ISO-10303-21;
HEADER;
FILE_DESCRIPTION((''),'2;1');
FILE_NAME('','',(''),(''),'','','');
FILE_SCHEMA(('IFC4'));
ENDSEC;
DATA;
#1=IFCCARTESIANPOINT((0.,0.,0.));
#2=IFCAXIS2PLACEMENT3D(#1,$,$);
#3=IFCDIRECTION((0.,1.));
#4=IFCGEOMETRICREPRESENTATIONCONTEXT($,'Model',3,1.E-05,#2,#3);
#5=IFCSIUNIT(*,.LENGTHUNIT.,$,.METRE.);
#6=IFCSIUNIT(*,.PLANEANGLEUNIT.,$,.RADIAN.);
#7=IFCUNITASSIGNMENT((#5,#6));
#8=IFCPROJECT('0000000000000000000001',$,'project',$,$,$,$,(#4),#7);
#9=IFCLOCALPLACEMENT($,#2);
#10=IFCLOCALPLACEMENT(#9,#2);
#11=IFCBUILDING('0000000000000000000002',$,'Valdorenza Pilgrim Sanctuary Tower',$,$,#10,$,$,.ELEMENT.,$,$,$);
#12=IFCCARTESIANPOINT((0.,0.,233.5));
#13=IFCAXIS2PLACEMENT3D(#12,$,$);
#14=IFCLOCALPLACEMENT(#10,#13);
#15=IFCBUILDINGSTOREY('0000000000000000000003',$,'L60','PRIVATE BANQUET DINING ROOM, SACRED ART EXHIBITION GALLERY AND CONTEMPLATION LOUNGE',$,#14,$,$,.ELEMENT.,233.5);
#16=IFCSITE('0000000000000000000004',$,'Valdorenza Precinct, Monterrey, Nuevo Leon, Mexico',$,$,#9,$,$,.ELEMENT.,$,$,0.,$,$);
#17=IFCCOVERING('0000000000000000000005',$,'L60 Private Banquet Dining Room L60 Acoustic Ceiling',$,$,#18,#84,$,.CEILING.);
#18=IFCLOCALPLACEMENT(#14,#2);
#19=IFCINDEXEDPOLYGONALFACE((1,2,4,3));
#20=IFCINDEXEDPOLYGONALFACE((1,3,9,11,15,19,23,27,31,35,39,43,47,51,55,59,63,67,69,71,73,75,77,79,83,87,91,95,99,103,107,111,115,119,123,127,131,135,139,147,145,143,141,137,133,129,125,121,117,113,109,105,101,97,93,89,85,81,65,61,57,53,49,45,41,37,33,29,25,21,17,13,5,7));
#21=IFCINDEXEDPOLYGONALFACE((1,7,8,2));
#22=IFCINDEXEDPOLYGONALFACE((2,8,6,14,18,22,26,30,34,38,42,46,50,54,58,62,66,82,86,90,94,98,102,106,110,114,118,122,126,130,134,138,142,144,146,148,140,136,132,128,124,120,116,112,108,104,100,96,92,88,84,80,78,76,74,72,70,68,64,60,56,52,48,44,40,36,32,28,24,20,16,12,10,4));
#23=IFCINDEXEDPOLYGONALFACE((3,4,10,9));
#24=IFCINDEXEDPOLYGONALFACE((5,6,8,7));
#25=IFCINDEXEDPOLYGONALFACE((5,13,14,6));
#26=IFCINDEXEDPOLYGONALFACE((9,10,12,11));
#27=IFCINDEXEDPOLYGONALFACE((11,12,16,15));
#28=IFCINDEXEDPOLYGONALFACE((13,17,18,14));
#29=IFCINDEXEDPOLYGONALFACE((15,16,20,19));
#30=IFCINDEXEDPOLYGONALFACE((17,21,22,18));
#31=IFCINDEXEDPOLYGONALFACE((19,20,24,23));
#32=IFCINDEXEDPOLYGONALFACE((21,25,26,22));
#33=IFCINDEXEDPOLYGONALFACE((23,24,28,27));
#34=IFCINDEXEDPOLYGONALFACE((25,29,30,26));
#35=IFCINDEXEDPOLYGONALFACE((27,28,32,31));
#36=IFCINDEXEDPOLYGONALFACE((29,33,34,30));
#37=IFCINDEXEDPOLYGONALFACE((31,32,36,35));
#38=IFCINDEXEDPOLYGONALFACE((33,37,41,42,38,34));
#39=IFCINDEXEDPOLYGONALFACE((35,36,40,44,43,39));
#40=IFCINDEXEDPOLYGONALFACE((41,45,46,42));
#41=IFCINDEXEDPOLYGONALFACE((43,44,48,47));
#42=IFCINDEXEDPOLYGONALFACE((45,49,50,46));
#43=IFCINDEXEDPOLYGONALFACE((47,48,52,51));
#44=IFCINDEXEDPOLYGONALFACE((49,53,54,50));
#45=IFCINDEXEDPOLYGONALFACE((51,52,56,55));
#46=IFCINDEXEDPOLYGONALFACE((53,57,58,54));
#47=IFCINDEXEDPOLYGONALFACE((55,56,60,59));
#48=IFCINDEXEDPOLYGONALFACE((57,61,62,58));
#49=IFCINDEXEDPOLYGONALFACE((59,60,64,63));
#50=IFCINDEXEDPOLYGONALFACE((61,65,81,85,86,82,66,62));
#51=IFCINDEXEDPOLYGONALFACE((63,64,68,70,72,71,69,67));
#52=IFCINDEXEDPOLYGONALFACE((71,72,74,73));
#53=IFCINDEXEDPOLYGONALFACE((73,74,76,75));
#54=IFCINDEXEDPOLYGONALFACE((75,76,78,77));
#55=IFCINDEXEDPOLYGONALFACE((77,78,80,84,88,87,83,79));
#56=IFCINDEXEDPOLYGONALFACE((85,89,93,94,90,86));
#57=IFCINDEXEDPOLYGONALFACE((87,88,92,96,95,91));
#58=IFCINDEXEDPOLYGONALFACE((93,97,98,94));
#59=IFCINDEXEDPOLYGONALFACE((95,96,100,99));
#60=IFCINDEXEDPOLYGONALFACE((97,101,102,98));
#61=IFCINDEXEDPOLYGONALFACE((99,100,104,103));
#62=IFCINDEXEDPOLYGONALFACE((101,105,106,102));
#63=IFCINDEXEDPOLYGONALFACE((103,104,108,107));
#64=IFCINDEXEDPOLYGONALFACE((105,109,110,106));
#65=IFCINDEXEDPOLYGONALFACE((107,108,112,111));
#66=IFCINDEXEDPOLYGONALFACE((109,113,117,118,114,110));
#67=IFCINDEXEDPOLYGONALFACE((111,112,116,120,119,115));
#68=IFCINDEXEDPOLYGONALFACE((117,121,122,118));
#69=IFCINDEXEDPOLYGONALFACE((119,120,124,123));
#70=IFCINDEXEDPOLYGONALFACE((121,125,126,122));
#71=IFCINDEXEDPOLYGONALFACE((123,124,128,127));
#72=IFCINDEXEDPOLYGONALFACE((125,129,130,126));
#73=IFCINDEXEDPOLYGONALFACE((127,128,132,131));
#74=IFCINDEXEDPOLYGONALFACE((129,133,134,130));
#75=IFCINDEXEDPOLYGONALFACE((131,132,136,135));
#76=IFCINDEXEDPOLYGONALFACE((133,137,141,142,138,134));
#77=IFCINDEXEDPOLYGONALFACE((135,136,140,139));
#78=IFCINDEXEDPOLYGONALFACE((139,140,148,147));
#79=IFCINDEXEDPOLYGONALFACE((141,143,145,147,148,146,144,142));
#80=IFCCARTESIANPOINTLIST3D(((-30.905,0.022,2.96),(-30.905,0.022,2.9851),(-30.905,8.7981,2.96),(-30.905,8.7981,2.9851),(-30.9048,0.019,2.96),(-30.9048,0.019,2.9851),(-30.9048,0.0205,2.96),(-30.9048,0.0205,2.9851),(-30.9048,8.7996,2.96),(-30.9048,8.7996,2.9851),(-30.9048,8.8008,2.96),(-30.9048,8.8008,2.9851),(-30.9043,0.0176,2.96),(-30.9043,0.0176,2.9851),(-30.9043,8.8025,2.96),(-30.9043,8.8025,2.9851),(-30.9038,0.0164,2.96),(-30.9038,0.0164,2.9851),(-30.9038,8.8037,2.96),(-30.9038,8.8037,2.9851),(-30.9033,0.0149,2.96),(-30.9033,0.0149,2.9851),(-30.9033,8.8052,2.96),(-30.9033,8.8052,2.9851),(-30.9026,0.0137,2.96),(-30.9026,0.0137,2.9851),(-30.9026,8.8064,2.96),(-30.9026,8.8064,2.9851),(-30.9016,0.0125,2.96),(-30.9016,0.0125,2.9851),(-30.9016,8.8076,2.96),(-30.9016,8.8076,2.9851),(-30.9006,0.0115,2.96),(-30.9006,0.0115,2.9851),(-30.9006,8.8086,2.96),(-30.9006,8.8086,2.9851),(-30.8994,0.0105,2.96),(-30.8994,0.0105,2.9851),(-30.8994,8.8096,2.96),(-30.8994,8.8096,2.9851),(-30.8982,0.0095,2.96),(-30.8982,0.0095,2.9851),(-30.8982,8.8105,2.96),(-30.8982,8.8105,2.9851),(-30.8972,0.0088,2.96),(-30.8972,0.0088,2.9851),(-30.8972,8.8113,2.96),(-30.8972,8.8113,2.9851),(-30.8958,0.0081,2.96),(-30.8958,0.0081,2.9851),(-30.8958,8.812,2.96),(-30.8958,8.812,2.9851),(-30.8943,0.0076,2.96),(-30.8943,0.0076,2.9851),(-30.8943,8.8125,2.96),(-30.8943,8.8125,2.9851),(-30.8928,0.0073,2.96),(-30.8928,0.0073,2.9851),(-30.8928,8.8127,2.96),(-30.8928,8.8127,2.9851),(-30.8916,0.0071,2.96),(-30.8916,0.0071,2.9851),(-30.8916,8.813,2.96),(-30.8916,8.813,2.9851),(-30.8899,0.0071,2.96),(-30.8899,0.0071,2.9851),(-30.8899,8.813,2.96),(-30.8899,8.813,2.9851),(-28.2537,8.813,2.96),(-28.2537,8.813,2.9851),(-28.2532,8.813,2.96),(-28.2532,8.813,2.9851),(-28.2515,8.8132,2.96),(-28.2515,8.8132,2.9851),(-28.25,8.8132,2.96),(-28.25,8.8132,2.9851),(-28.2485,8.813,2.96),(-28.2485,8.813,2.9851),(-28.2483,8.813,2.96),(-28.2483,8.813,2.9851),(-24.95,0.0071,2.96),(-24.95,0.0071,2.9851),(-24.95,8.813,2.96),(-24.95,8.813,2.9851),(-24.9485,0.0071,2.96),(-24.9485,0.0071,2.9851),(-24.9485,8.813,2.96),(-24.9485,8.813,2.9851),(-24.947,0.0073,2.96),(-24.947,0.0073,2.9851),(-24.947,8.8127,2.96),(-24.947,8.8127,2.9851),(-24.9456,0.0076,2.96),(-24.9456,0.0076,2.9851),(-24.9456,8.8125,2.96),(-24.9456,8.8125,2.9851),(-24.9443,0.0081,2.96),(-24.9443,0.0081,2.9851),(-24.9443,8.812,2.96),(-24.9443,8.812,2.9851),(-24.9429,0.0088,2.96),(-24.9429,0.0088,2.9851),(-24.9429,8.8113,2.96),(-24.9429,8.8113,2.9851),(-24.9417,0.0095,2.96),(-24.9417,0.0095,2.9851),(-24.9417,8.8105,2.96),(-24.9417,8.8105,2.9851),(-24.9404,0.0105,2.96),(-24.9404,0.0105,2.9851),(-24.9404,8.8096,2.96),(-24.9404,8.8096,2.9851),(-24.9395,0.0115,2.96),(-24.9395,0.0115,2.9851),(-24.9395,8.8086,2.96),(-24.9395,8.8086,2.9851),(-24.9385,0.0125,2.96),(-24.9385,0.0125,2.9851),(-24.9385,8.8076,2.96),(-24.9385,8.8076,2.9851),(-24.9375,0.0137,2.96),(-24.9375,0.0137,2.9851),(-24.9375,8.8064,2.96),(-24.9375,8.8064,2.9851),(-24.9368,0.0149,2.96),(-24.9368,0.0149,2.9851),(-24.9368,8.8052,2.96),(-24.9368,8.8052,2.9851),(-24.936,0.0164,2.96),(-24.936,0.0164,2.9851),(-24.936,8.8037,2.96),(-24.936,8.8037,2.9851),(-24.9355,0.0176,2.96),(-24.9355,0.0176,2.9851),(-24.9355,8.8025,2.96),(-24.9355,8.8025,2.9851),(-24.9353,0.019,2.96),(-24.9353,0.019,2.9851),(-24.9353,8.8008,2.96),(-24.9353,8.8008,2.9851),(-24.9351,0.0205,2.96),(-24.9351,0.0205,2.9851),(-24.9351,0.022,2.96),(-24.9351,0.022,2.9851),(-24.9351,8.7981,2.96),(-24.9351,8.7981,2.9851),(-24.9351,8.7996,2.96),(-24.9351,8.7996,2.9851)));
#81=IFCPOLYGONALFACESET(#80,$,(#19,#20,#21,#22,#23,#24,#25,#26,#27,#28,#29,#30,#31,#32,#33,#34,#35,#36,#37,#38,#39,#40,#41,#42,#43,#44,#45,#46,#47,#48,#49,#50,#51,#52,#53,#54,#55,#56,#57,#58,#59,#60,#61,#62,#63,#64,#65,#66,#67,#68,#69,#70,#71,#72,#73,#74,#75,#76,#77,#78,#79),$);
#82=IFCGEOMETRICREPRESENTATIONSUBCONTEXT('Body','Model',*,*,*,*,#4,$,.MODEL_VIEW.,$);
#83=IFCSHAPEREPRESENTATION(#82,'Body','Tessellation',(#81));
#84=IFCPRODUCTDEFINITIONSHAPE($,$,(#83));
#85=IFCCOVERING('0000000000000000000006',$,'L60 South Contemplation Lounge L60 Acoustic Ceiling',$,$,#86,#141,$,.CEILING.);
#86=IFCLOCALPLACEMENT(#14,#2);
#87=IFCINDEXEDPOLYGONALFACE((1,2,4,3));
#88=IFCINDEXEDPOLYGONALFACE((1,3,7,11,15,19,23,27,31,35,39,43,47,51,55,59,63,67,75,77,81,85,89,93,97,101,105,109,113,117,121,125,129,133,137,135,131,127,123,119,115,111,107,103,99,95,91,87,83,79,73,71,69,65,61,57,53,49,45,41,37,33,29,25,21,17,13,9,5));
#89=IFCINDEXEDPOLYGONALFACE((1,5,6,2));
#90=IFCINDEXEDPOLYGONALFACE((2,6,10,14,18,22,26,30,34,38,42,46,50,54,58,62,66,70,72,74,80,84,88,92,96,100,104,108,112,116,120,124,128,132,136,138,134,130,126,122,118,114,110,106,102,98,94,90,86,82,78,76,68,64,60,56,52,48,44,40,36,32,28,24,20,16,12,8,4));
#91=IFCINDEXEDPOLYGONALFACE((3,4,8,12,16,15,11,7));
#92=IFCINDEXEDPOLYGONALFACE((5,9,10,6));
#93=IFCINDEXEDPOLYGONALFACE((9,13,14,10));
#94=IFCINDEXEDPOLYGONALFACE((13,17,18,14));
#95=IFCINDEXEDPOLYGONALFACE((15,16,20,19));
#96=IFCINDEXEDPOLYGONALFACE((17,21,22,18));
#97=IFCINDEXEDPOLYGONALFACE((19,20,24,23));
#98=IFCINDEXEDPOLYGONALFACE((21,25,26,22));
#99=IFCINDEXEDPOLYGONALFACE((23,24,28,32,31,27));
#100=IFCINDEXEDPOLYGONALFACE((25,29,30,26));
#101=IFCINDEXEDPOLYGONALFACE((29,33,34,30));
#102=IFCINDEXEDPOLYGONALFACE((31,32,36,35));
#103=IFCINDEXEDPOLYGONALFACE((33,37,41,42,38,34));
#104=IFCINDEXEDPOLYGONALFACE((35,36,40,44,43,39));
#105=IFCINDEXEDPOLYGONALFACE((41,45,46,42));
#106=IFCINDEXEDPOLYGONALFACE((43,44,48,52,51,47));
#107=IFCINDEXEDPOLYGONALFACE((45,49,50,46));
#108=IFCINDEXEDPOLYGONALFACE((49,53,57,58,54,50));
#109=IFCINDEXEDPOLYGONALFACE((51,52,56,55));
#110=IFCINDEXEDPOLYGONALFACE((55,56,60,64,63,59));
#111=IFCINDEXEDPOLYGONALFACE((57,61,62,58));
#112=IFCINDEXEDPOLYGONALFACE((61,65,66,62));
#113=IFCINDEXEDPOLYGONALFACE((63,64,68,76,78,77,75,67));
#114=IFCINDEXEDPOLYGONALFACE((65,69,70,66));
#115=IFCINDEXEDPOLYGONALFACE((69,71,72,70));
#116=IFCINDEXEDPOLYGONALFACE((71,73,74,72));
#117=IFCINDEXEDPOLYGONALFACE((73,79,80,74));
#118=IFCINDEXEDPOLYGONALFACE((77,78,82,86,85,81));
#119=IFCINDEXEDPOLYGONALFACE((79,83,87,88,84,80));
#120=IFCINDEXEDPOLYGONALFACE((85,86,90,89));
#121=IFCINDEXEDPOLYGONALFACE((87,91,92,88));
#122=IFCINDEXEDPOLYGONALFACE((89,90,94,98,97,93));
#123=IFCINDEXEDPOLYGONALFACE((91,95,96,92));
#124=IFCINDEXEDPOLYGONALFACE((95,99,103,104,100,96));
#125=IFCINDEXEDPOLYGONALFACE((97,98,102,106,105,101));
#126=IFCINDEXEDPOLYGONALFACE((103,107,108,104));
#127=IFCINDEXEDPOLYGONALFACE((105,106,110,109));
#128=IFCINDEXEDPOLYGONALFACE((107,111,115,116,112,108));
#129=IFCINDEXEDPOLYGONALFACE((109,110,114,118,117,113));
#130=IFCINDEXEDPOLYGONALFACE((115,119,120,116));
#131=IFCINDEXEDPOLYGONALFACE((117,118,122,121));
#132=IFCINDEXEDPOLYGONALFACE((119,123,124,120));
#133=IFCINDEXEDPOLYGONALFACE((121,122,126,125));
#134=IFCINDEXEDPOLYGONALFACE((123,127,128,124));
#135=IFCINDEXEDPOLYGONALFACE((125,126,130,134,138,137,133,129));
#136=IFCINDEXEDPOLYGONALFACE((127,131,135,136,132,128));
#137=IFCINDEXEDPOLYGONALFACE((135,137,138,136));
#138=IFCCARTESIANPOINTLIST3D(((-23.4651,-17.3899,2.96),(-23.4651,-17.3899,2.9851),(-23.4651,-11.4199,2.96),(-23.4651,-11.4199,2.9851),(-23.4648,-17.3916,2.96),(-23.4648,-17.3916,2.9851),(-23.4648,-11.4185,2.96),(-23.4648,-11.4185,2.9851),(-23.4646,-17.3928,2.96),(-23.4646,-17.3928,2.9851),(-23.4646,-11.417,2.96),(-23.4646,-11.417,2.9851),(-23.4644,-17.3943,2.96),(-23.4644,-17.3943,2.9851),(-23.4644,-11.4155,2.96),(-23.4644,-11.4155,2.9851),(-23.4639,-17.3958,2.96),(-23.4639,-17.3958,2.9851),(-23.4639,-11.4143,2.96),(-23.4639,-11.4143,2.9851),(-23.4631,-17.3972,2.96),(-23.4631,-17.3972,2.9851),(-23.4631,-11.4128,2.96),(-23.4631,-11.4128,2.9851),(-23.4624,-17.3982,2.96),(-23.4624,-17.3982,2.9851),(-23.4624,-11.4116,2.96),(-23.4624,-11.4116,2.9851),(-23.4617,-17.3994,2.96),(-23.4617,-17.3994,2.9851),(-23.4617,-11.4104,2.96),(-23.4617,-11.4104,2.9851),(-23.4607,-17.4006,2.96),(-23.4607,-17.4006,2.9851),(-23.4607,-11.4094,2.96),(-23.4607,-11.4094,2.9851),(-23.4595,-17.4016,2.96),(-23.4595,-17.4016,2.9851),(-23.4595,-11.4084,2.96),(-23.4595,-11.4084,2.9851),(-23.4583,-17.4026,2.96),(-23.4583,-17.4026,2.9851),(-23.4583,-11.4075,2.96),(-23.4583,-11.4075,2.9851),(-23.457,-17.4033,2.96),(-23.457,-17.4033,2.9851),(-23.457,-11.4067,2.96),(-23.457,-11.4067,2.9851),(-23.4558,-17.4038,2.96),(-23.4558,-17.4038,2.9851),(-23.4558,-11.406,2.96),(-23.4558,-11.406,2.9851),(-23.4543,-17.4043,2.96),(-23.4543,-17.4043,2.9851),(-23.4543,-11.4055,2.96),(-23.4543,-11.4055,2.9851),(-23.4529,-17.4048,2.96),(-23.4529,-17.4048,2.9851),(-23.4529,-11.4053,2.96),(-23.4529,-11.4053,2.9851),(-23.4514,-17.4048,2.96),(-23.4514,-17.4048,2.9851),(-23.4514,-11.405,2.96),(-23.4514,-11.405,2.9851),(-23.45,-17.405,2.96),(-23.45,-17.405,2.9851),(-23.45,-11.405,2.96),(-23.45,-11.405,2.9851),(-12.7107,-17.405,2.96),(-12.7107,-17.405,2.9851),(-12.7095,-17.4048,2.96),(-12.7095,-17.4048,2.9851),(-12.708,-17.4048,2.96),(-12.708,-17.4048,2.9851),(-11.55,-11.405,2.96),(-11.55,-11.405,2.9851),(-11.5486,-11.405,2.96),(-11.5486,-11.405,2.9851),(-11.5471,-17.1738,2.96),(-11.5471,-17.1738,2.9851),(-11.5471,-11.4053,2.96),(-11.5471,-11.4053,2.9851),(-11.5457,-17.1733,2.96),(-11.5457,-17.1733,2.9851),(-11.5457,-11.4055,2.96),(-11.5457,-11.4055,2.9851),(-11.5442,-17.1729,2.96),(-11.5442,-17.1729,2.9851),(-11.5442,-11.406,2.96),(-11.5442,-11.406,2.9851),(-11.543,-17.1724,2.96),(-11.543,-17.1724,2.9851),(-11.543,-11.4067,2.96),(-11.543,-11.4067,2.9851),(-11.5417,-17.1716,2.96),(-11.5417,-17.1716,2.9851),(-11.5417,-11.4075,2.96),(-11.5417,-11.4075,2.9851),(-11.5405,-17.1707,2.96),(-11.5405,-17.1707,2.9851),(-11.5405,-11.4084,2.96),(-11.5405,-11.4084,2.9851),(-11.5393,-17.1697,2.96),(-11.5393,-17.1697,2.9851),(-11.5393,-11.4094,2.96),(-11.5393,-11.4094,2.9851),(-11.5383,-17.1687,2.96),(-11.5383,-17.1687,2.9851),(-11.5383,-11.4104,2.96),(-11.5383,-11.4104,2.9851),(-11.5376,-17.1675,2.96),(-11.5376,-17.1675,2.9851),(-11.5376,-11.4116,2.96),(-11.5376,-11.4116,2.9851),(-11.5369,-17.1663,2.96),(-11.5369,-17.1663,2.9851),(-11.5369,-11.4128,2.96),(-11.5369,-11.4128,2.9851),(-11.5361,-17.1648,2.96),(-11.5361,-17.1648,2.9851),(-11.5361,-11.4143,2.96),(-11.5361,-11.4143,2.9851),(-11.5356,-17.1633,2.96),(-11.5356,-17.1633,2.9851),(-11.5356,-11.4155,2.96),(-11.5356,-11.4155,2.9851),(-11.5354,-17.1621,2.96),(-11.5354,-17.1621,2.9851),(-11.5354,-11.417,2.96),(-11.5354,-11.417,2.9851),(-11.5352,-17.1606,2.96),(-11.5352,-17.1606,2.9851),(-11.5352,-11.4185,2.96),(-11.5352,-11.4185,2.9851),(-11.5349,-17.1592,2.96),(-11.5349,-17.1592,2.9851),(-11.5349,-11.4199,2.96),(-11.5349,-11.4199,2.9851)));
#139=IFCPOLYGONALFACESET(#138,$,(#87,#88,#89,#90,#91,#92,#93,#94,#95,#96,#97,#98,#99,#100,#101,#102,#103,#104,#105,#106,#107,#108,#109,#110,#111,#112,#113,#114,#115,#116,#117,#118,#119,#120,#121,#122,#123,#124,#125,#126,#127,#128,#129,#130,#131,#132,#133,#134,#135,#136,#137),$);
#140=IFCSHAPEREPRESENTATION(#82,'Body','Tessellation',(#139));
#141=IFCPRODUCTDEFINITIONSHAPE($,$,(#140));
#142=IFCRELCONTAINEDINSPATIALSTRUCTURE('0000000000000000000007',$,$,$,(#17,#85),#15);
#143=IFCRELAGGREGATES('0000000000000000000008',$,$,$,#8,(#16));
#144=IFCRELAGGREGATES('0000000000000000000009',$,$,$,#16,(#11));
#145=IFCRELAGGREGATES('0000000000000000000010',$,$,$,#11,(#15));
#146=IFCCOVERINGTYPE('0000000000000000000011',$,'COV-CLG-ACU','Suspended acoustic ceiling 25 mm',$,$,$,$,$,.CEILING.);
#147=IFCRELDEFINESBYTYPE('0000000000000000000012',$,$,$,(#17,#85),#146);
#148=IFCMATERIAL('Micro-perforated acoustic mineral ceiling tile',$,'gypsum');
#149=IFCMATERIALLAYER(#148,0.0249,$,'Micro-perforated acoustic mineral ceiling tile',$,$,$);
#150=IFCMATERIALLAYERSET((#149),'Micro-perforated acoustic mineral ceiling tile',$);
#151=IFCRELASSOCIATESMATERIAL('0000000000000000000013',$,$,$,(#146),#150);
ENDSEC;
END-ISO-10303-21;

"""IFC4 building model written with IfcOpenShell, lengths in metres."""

from ifc_helpers import new_model, si_unit, direction, frame, origin, place, context, subcontext, project, spatial, polyline, outline, extrude, material, layer, layer_set, type_object, element, save


model = new_model("IFC4")

# Units and contexts
model_context = context("Model", 3, precision=1e-05, world=origin(), true_north=direction((0.0, 1.0)))
body_context = subcontext(model_context, "Body", "Model", "MODEL_VIEW")
ifc_project = project(units=[si_unit("LENGTHUNIT", "METRE"), si_unit("PLANEANGLEUNIT", "RADIAN")], contexts=[model_context])

# Site, building, storey
site_placement = place(None, origin())
site = spatial("IfcSite", under=ifc_project, at=site_placement, Name="Valdorenza Precinct, Monterrey, Nuevo Leon, Mexico", CompositionType="ELEMENT", RefElevation=0.0)
building_placement = place(site_placement, origin())
building = spatial("IfcBuilding", under=site, at=building_placement, Name="Valdorenza Pilgrim Sanctuary Tower", CompositionType="ELEMENT")
storey_placement = place(building_placement, frame((0.0, 0.0, 233.5)))
storey = spatial("IfcBuildingStorey", under=building, at=storey_placement, Name="L60", Description="PRIVATE BANQUET DINING ROOM, SACRED ART EXHIBITION GALLERY AND CONTEMPLATION LOUNGE", CompositionType="ELEMENT", Elevation=233.5)

# Coverings
ifc_material_1 = material(Name="Micro-perforated acoustic mineral ceiling tile", Category="gypsum")
ifc_layer_1 = layer(ifc_material_1, 0.0249, Name="Micro-perforated acoustic mineral ceiling tile")
ifc_layer_set_1 = layer_set([ifc_layer_1], Name="Micro-perforated acoustic mineral ceiling tile")
covering_type_1 = type_object("IfcCoveringType", Name="COV-CLG-ACU", Description="Suspended acoustic ceiling 25 mm", PredefinedType="CEILING", material=ifc_layer_set_1)
covering_1_placement = place(storey_placement, frame((0.0, 0.0, 2.96)))
element("IfcCovering", 1, at=covering_1_placement, inside=storey, type_object=covering_type_1, Name="L60 Private Banquet Dining Room L60 Acoustic Ceiling", PredefinedType="CEILING", context=body_context, shape_type="SweptSolid", body=[
    extrude(outline(polyline([(-28.2537, 8.813), (-28.2532, 8.813), (-28.2515, 8.8132), (-28.25, 8.8132), (-28.2485, 8.813), (-28.2483, 8.813), (-24.95, 8.813), (-24.9485, 8.813), (-24.947, 8.8127), (-24.9456, 8.8125), (-24.9443, 8.812), (-24.9429, 8.8113), (-24.9417, 8.8105), (-24.9404, 8.8096), (-24.9395, 8.8086), (-24.9385, 8.8076), (-24.9375, 8.8064), (-24.9368, 8.8052), (-24.936, 8.8037), (-24.9355, 8.8025), (-24.9353, 8.8008), (-24.9351, 8.7996), (-24.9351, 8.7981), (-24.9351, 0.022), (-24.9351, 0.0205), (-24.9353, 0.019), (-24.9355, 0.0176), (-24.936, 0.0164), (-24.9368, 0.0149), (-24.9375, 0.0137), (-24.9385, 0.0125), (-24.9395, 0.0115), (-24.9404, 0.0105), (-24.9417, 0.0095), (-24.9429, 0.0088), (-24.9443, 0.0081), (-24.9456, 0.0076), (-24.947, 0.0073), (-24.9485, 0.0071), (-24.95, 0.0071), (-30.8899, 0.0071), (-30.8916, 0.0071), (-30.8928, 0.0073), (-30.8943, 0.0076), (-30.8958, 0.0081), (-30.8972, 0.0088), (-30.8982, 0.0095), (-30.8994, 0.0105), (-30.9006, 0.0115), (-30.9016, 0.0125), (-30.9026, 0.0137), (-30.9033, 0.0149), (-30.9038, 0.0164), (-30.9043, 0.0176), (-30.9048, 0.019), (-30.9048, 0.0205), (-30.905, 0.022), (-30.905, 8.7981), (-30.9048, 8.7996), (-30.9048, 8.8008), (-30.9043, 8.8025), (-30.9038, 8.8037), (-30.9033, 8.8052), (-30.9026, 8.8064), (-30.9016, 8.8076), (-30.9006, 8.8086), (-30.8994, 8.8096), (-30.8982, 8.8105), (-30.8972, 8.8113), (-30.8958, 8.812), (-30.8943, 8.8125), (-30.8928, 8.8127), (-30.8916, 8.813), (-30.8899, 8.813), (-28.2537, 8.813)])), origin(), (0.0, 0.0, 1.0), 0.0251),
])
covering_2_placement = place(storey_placement, frame((0.0, 0.0, 2.96)))
element("IfcCovering", 2, at=covering_2_placement, inside=storey, type_object=covering_type_1, Name="L60 South Contemplation Lounge L60 Acoustic Ceiling", PredefinedType="CEILING", context=body_context, shape_type="SweptSolid", body=[
    extrude(outline(polyline([(-11.55, -11.405), (-11.5486, -11.405), (-11.5471, -11.4053), (-11.5457, -11.4055), (-11.5442, -11.406), (-11.543, -11.4067), (-11.5417, -11.4075), (-11.5405, -11.4084), (-11.5393, -11.4094), (-11.5383, -11.4104), (-11.5376, -11.4116), (-11.5369, -11.4128), (-11.5361, -11.4143), (-11.5356, -11.4155), (-11.5354, -11.417), (-11.5352, -11.4185), (-11.5349, -11.4199), (-11.5349, -17.1592), (-11.5352, -17.1606), (-11.5354, -17.1621), (-11.5356, -17.1633), (-11.5361, -17.1648), (-11.5369, -17.1663), (-11.5376, -17.1675), (-11.5383, -17.1687), (-11.5393, -17.1697), (-11.5405, -17.1707), (-11.5417, -17.1716), (-11.543, -17.1724), (-11.5442, -17.1729), (-11.5457, -17.1733), (-11.5471, -17.1738), (-12.708, -17.4048), (-12.7095, -17.4048), (-12.7107, -17.405), (-23.45, -17.405), (-23.4514, -17.4048), (-23.4529, -17.4048), (-23.4543, -17.4043), (-23.4558, -17.4038), (-23.457, -17.4033), (-23.4583, -17.4026), (-23.4595, -17.4016), (-23.4607, -17.4006), (-23.4617, -17.3994), (-23.4624, -17.3982), (-23.4631, -17.3972), (-23.4639, -17.3958), (-23.4644, -17.3943), (-23.4646, -17.3928), (-23.4648, -17.3916), (-23.4651, -17.3899), (-23.4651, -11.4199), (-23.4648, -11.4185), (-23.4646, -11.417), (-23.4644, -11.4155), (-23.4639, -11.4143), (-23.4631, -11.4128), (-23.4624, -11.4116), (-23.4617, -11.4104), (-23.4607, -11.4094), (-23.4595, -11.4084), (-23.4583, -11.4075), (-23.457, -11.4067), (-23.4558, -11.406), (-23.4543, -11.4055), (-23.4529, -11.4053), (-23.4514, -11.405), (-23.45, -11.405), (-11.55, -11.405)])), origin(), (0.0, 0.0, 1.0), 0.0251),
])

save(model, "model.ifc")
